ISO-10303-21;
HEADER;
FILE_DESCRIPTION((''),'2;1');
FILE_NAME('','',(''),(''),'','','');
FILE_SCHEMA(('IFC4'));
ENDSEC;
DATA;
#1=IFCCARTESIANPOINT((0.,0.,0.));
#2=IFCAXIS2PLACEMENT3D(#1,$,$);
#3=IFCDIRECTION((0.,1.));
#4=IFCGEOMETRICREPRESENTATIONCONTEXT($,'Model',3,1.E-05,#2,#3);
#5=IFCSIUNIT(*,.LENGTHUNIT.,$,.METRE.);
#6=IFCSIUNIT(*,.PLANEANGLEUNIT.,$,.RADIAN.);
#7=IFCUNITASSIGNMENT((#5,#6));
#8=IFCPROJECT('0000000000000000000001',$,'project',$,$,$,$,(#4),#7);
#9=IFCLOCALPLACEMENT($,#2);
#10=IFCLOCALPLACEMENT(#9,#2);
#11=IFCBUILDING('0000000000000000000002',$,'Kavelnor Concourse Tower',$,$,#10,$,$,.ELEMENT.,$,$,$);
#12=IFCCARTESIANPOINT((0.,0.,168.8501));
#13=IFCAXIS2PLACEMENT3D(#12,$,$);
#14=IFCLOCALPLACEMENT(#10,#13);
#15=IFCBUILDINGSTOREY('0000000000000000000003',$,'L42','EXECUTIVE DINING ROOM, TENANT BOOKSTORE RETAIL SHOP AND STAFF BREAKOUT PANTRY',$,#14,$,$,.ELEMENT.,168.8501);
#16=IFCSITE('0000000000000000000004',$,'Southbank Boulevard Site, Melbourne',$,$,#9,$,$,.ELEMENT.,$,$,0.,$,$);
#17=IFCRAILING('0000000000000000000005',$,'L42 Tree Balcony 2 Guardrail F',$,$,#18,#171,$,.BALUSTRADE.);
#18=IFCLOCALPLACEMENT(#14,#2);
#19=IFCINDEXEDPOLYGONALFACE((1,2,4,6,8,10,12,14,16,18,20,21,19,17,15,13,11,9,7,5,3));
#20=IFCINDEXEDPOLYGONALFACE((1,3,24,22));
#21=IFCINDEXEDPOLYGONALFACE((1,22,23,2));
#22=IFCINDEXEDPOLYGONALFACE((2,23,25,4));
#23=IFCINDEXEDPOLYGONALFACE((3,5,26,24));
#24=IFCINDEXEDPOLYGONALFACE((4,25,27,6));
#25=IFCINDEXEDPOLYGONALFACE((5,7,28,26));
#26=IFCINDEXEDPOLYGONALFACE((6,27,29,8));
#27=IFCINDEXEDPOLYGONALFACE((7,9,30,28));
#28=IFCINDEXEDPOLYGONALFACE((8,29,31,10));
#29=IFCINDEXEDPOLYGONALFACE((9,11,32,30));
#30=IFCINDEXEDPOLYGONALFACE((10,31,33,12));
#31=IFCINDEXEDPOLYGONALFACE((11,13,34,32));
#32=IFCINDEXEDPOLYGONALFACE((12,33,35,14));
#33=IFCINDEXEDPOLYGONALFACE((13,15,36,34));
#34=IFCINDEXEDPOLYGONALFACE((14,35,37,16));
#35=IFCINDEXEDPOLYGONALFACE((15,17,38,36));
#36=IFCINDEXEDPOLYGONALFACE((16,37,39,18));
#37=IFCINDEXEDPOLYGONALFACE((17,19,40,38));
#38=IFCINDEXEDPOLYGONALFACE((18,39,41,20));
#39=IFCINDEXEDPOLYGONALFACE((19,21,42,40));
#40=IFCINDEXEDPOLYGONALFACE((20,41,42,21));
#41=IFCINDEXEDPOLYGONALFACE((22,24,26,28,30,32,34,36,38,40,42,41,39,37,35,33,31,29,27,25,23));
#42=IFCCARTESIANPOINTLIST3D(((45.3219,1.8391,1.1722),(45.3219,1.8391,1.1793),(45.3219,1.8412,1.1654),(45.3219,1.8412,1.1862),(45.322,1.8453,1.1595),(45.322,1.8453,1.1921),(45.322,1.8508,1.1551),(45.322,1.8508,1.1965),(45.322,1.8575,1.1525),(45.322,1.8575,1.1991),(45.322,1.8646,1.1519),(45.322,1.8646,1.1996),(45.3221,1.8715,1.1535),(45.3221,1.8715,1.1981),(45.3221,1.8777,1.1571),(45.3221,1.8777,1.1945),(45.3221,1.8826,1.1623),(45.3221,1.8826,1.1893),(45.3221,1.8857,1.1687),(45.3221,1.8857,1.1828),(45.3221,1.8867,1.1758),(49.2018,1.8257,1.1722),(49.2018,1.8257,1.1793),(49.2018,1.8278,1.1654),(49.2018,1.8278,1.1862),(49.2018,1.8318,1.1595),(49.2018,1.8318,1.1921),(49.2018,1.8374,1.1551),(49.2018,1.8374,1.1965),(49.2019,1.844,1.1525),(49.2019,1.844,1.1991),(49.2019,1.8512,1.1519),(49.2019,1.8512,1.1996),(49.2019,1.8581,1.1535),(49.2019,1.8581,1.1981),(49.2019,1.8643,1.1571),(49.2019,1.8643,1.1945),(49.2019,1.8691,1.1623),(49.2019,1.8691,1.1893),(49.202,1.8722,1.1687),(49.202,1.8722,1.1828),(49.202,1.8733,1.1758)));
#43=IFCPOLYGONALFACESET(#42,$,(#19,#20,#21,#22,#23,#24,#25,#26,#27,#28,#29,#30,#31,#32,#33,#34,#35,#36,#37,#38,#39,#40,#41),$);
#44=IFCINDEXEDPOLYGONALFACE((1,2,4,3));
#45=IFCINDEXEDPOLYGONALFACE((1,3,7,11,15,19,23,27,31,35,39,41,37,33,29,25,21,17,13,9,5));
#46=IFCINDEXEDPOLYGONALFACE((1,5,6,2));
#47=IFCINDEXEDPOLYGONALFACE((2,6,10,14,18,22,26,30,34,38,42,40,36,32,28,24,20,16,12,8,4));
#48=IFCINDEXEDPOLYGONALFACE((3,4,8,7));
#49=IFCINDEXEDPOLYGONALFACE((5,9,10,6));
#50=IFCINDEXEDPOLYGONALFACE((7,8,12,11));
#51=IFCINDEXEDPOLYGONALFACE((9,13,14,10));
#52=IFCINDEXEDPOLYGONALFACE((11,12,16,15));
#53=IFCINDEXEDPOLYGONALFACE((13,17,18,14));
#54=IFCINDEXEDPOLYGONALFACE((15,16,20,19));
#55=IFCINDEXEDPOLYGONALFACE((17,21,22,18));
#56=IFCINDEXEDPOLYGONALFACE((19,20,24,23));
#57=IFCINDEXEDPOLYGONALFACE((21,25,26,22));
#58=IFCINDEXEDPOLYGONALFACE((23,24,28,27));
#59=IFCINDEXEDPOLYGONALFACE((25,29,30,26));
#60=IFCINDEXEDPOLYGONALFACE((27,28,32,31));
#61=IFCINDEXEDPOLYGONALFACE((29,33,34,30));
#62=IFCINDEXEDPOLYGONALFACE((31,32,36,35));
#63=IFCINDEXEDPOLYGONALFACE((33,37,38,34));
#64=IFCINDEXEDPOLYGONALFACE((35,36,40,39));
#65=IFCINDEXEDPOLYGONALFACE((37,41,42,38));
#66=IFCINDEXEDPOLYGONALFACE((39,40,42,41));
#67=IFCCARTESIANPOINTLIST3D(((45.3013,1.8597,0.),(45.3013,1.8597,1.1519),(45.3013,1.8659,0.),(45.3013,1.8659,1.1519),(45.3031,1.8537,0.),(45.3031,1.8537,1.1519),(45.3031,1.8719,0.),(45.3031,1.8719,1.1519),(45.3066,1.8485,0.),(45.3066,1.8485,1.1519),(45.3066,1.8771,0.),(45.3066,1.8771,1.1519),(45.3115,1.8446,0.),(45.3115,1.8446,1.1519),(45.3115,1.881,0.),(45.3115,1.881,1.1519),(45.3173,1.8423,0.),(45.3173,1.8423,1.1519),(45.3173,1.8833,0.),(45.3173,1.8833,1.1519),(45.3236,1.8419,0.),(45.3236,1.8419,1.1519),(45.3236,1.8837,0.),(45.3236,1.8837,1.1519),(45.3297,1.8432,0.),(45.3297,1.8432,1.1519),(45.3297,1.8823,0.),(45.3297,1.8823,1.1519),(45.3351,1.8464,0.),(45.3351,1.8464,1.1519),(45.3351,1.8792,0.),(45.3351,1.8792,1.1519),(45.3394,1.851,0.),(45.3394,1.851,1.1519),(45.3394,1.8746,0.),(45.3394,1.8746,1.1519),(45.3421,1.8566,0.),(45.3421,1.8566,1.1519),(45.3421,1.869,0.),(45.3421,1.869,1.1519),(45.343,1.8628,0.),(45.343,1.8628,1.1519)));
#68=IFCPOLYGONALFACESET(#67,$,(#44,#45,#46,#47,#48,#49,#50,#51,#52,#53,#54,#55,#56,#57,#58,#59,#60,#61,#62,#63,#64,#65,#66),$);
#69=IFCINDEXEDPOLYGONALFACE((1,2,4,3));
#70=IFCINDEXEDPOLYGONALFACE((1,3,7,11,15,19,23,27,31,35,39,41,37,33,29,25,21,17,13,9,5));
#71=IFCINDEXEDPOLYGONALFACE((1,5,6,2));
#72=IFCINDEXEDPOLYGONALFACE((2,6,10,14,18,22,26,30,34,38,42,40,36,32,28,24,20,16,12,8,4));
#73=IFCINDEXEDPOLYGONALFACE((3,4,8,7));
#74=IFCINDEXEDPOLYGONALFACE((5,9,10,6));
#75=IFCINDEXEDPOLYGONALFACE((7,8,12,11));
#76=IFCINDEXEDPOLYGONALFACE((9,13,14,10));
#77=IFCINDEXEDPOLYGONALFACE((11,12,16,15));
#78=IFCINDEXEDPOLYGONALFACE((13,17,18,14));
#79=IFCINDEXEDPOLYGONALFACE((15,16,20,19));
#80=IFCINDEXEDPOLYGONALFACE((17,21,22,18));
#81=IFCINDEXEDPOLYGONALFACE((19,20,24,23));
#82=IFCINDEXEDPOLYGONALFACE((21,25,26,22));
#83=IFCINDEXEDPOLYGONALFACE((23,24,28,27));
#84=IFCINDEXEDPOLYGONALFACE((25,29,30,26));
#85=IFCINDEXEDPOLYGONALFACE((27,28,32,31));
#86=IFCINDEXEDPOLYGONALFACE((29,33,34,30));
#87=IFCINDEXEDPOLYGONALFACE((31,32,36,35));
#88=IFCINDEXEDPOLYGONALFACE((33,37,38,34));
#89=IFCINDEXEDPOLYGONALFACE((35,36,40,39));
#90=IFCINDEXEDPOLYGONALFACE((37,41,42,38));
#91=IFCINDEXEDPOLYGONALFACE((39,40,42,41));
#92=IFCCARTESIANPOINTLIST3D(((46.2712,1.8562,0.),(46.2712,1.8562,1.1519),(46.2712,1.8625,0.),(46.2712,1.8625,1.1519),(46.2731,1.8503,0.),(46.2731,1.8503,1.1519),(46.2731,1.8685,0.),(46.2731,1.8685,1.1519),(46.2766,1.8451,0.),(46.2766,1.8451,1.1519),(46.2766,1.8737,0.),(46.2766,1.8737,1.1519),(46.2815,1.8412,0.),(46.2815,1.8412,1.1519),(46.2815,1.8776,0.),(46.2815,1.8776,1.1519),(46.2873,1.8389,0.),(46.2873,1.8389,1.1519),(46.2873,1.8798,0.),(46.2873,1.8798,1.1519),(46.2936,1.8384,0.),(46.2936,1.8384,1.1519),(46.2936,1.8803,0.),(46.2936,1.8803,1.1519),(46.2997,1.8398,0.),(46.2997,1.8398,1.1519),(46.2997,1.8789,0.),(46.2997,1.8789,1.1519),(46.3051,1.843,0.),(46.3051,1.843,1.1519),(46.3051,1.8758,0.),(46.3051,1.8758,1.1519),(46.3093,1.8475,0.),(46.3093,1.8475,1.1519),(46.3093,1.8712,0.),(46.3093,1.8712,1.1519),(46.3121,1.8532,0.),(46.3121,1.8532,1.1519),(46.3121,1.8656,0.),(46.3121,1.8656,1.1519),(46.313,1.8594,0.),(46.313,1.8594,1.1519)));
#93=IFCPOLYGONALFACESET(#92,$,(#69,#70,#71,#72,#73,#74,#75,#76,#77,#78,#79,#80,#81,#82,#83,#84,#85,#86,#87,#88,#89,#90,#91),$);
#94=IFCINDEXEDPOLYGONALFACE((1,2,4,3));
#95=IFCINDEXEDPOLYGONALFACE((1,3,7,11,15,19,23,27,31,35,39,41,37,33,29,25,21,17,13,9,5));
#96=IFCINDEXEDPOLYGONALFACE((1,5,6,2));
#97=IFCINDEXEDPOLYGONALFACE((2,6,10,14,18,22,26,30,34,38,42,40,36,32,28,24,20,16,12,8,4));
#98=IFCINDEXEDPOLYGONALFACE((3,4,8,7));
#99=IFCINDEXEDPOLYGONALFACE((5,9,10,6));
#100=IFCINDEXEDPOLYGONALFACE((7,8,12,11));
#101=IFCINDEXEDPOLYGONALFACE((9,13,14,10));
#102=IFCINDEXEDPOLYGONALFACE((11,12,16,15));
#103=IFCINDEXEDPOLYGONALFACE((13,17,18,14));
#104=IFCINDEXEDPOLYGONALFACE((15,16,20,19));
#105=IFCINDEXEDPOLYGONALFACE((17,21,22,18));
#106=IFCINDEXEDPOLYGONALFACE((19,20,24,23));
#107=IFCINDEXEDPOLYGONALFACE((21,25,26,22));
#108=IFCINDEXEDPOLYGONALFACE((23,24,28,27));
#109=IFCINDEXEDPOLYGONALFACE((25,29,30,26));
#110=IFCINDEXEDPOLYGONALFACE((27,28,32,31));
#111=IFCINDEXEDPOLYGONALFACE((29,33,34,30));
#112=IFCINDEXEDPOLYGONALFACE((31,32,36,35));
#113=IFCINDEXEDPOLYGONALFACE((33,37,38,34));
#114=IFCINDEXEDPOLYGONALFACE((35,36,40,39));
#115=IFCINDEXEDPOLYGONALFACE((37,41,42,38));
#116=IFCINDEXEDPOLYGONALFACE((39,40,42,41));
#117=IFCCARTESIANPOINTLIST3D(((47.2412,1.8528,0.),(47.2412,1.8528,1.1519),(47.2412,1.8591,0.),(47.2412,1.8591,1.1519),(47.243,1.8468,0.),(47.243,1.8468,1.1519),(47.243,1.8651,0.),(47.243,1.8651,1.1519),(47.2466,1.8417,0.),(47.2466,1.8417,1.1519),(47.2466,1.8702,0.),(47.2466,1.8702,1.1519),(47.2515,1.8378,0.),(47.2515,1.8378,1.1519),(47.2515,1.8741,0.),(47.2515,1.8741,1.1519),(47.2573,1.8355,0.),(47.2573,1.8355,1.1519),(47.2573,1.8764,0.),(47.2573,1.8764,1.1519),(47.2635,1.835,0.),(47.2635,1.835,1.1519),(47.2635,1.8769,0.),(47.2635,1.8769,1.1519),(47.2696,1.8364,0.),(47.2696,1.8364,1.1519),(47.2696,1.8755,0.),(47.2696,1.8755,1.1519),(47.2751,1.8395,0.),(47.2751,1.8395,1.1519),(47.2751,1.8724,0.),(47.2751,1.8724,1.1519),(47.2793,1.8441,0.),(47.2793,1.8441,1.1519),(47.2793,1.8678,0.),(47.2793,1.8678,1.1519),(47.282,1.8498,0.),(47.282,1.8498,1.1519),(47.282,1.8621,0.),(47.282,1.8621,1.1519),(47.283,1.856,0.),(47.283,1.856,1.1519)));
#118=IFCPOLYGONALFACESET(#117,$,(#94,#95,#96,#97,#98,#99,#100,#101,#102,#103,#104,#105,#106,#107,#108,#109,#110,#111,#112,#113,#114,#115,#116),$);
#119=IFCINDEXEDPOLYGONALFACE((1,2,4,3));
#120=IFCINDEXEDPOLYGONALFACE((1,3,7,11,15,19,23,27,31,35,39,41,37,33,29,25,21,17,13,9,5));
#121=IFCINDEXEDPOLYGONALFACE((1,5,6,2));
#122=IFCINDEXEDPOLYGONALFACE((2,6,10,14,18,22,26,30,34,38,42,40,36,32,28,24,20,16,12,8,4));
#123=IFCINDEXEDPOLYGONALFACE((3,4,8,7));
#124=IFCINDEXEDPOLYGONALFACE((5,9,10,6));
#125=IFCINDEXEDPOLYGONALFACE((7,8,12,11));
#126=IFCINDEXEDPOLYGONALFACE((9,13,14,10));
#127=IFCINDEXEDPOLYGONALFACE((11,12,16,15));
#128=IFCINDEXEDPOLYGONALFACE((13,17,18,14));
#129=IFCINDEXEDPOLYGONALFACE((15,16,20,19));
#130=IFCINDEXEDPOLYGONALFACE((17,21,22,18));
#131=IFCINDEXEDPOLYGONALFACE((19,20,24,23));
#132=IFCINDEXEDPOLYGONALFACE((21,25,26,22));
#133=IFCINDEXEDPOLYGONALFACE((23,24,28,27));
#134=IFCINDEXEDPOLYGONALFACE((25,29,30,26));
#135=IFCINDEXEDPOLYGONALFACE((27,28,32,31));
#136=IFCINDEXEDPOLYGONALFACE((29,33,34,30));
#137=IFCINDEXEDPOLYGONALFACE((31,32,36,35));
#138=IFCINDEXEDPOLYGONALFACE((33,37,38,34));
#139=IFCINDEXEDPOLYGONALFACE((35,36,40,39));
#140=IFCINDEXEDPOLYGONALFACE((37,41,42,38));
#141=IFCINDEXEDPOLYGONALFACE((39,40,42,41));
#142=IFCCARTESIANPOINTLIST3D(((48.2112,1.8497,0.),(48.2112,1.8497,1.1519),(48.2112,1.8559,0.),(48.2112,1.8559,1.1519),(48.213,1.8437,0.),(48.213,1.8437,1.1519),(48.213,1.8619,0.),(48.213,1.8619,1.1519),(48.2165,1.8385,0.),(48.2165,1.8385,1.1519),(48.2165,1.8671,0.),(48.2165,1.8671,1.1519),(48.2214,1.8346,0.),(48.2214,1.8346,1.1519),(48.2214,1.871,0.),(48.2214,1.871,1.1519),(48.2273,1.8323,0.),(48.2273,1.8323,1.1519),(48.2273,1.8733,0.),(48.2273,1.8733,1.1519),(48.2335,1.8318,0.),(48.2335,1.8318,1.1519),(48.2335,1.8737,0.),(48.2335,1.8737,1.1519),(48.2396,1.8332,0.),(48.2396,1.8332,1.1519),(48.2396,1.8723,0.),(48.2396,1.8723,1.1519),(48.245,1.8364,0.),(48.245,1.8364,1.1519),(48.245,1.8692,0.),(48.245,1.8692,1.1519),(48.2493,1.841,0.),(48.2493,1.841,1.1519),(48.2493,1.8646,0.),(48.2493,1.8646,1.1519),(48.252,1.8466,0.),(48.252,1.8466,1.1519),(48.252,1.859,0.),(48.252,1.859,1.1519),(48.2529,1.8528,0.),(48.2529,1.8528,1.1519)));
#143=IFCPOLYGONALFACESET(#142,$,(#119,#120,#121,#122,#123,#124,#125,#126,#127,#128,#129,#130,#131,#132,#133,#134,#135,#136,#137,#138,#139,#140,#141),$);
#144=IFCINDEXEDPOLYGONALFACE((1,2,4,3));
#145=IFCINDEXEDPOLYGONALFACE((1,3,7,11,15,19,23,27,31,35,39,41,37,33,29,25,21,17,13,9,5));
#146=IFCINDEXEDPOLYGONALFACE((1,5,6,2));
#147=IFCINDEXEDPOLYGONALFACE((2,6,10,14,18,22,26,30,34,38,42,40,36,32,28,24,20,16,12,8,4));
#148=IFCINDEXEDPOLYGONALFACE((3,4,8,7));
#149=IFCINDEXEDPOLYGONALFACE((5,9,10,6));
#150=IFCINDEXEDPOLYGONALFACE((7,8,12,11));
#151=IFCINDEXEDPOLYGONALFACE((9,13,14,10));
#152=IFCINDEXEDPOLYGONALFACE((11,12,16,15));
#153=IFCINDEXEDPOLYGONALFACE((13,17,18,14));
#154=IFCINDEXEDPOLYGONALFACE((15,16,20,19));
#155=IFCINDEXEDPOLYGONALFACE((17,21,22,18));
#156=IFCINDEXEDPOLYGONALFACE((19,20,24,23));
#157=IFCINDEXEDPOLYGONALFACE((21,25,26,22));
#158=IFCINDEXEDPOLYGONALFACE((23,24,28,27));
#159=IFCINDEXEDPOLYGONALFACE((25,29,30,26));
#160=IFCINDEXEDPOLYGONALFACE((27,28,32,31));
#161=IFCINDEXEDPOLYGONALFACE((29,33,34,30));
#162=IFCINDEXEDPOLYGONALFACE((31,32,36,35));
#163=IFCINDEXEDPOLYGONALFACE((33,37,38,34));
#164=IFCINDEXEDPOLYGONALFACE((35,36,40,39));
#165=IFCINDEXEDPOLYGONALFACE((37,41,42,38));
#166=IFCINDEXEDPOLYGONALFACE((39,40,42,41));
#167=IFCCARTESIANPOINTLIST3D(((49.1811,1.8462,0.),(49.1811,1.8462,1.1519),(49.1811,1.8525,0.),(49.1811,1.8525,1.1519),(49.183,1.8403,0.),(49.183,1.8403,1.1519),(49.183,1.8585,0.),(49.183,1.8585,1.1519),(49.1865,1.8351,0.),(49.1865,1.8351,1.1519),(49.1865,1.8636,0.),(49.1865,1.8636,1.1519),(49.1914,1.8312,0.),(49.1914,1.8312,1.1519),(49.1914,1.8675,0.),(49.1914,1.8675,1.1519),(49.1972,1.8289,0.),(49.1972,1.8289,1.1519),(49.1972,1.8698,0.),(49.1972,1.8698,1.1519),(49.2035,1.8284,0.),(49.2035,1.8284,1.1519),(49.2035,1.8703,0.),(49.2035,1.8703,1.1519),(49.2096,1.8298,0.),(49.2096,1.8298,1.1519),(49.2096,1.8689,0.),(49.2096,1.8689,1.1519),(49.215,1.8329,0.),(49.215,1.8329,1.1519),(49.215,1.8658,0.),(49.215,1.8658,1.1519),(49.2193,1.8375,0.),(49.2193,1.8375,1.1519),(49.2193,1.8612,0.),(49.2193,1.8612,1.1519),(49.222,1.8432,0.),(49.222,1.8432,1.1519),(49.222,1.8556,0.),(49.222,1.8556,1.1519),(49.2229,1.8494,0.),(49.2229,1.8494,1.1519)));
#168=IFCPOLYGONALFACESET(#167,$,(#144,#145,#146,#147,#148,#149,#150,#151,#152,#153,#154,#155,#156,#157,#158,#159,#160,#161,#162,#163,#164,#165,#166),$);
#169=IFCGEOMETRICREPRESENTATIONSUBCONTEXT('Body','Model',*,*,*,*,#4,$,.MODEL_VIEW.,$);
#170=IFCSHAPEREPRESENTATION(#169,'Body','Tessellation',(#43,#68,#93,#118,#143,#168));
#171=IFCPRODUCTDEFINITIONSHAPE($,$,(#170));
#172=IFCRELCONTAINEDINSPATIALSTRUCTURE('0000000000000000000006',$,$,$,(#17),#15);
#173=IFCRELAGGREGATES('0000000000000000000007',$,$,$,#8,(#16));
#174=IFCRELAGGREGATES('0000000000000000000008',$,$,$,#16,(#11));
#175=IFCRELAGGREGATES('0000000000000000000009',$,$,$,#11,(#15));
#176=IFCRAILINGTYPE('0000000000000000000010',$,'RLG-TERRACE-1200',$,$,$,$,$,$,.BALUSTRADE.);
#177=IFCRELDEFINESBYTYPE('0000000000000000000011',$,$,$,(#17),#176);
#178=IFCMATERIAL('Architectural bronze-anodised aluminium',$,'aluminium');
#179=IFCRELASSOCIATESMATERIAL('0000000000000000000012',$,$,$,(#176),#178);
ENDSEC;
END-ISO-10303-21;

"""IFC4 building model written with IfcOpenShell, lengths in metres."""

from ifc_helpers import new_model, si_unit, direction, frame, origin, origin_2d, place, context, subcontext, project, spatial, circle, extrude, material, type_object, element, save


model = new_model("IFC4")

# Units and contexts
model_context = context("Model", 3, precision=1e-05, world=origin(), true_north=direction((0.0, 1.0)))
body_context = subcontext(model_context, "Body", "Model", "MODEL_VIEW")
ifc_project = project(units=[si_unit("LENGTHUNIT", "METRE"), si_unit("PLANEANGLEUNIT", "RADIAN")], contexts=[model_context])

# Site, building, storey
site_placement = place(None, origin())
site = spatial("IfcSite", under=ifc_project, at=site_placement, Name="Southbank Boulevard Site, Melbourne", CompositionType="ELEMENT", RefElevation=0.0)
building_placement = place(site_placement, origin())
building = spatial("IfcBuilding", under=site, at=building_placement, Name="Kavelnor Concourse Tower", CompositionType="ELEMENT")
storey_placement = place(building_placement, frame((0.0, 0.0, 168.8501)))
storey = spatial("IfcBuildingStorey", under=building, at=storey_placement, Name="L42", Description="EXECUTIVE DINING ROOM, TENANT BOOKSTORE RETAIL SHOP AND STAFF BREAKOUT PANTRY", CompositionType="ELEMENT", Elevation=168.8501)

# Railing
ifc_material_1 = material(Name="Architectural bronze-anodised aluminium", Category="aluminium")
railing_type_1 = type_object("IfcRailingType", Name="RLG-TERRACE-1200", PredefinedType="BALUSTRADE", material=ifc_material_1)
railing_1_placement = place(storey_placement, frame((45.322, 1.8628, 0.0)))
element("IfcRailing", 1, at=railing_1_placement, inside=storey, type_object=railing_type_1, Name="L42 Tree Balcony 2 Guardrail F", PredefinedType="BALUSTRADE", context=body_context, shape_type="SweptSolid", body=[
    extrude(circle(Radius=0.0239, at=origin_2d()), frame((0.0, 0.0, 1.1758), z_axis=(0.999994, -0.003461, 0.0), x_axis=(0.003461, 0.999994, 0.0)), (0.0, 0.0, 1.0), 3.8799),
    extrude(circle(Radius=0.021, at=origin_2d()), origin(), (0.0, 0.0, 1.0), 1.1519),
    extrude(circle(Radius=0.021, at=origin_2d()), frame((0.97, -0.0034, 0.0)), (0.0, 0.0, 1.0), 1.1519),
    extrude(circle(Radius=0.021, at=origin_2d()), frame((1.9399, -0.0068, 0.0)), (0.0, 0.0, 1.0), 1.1519),
    extrude(circle(Radius=0.021, at=origin_2d()), frame((2.9099, -0.01, 0.0)), (0.0, 0.0, 1.0), 1.1519),
    extrude(circle(Radius=0.021, at=origin_2d()), frame((3.8799, -0.0134, 0.0)), (0.0, 0.0, 1.0), 1.1519),
])

save(model, "model.ifc")
